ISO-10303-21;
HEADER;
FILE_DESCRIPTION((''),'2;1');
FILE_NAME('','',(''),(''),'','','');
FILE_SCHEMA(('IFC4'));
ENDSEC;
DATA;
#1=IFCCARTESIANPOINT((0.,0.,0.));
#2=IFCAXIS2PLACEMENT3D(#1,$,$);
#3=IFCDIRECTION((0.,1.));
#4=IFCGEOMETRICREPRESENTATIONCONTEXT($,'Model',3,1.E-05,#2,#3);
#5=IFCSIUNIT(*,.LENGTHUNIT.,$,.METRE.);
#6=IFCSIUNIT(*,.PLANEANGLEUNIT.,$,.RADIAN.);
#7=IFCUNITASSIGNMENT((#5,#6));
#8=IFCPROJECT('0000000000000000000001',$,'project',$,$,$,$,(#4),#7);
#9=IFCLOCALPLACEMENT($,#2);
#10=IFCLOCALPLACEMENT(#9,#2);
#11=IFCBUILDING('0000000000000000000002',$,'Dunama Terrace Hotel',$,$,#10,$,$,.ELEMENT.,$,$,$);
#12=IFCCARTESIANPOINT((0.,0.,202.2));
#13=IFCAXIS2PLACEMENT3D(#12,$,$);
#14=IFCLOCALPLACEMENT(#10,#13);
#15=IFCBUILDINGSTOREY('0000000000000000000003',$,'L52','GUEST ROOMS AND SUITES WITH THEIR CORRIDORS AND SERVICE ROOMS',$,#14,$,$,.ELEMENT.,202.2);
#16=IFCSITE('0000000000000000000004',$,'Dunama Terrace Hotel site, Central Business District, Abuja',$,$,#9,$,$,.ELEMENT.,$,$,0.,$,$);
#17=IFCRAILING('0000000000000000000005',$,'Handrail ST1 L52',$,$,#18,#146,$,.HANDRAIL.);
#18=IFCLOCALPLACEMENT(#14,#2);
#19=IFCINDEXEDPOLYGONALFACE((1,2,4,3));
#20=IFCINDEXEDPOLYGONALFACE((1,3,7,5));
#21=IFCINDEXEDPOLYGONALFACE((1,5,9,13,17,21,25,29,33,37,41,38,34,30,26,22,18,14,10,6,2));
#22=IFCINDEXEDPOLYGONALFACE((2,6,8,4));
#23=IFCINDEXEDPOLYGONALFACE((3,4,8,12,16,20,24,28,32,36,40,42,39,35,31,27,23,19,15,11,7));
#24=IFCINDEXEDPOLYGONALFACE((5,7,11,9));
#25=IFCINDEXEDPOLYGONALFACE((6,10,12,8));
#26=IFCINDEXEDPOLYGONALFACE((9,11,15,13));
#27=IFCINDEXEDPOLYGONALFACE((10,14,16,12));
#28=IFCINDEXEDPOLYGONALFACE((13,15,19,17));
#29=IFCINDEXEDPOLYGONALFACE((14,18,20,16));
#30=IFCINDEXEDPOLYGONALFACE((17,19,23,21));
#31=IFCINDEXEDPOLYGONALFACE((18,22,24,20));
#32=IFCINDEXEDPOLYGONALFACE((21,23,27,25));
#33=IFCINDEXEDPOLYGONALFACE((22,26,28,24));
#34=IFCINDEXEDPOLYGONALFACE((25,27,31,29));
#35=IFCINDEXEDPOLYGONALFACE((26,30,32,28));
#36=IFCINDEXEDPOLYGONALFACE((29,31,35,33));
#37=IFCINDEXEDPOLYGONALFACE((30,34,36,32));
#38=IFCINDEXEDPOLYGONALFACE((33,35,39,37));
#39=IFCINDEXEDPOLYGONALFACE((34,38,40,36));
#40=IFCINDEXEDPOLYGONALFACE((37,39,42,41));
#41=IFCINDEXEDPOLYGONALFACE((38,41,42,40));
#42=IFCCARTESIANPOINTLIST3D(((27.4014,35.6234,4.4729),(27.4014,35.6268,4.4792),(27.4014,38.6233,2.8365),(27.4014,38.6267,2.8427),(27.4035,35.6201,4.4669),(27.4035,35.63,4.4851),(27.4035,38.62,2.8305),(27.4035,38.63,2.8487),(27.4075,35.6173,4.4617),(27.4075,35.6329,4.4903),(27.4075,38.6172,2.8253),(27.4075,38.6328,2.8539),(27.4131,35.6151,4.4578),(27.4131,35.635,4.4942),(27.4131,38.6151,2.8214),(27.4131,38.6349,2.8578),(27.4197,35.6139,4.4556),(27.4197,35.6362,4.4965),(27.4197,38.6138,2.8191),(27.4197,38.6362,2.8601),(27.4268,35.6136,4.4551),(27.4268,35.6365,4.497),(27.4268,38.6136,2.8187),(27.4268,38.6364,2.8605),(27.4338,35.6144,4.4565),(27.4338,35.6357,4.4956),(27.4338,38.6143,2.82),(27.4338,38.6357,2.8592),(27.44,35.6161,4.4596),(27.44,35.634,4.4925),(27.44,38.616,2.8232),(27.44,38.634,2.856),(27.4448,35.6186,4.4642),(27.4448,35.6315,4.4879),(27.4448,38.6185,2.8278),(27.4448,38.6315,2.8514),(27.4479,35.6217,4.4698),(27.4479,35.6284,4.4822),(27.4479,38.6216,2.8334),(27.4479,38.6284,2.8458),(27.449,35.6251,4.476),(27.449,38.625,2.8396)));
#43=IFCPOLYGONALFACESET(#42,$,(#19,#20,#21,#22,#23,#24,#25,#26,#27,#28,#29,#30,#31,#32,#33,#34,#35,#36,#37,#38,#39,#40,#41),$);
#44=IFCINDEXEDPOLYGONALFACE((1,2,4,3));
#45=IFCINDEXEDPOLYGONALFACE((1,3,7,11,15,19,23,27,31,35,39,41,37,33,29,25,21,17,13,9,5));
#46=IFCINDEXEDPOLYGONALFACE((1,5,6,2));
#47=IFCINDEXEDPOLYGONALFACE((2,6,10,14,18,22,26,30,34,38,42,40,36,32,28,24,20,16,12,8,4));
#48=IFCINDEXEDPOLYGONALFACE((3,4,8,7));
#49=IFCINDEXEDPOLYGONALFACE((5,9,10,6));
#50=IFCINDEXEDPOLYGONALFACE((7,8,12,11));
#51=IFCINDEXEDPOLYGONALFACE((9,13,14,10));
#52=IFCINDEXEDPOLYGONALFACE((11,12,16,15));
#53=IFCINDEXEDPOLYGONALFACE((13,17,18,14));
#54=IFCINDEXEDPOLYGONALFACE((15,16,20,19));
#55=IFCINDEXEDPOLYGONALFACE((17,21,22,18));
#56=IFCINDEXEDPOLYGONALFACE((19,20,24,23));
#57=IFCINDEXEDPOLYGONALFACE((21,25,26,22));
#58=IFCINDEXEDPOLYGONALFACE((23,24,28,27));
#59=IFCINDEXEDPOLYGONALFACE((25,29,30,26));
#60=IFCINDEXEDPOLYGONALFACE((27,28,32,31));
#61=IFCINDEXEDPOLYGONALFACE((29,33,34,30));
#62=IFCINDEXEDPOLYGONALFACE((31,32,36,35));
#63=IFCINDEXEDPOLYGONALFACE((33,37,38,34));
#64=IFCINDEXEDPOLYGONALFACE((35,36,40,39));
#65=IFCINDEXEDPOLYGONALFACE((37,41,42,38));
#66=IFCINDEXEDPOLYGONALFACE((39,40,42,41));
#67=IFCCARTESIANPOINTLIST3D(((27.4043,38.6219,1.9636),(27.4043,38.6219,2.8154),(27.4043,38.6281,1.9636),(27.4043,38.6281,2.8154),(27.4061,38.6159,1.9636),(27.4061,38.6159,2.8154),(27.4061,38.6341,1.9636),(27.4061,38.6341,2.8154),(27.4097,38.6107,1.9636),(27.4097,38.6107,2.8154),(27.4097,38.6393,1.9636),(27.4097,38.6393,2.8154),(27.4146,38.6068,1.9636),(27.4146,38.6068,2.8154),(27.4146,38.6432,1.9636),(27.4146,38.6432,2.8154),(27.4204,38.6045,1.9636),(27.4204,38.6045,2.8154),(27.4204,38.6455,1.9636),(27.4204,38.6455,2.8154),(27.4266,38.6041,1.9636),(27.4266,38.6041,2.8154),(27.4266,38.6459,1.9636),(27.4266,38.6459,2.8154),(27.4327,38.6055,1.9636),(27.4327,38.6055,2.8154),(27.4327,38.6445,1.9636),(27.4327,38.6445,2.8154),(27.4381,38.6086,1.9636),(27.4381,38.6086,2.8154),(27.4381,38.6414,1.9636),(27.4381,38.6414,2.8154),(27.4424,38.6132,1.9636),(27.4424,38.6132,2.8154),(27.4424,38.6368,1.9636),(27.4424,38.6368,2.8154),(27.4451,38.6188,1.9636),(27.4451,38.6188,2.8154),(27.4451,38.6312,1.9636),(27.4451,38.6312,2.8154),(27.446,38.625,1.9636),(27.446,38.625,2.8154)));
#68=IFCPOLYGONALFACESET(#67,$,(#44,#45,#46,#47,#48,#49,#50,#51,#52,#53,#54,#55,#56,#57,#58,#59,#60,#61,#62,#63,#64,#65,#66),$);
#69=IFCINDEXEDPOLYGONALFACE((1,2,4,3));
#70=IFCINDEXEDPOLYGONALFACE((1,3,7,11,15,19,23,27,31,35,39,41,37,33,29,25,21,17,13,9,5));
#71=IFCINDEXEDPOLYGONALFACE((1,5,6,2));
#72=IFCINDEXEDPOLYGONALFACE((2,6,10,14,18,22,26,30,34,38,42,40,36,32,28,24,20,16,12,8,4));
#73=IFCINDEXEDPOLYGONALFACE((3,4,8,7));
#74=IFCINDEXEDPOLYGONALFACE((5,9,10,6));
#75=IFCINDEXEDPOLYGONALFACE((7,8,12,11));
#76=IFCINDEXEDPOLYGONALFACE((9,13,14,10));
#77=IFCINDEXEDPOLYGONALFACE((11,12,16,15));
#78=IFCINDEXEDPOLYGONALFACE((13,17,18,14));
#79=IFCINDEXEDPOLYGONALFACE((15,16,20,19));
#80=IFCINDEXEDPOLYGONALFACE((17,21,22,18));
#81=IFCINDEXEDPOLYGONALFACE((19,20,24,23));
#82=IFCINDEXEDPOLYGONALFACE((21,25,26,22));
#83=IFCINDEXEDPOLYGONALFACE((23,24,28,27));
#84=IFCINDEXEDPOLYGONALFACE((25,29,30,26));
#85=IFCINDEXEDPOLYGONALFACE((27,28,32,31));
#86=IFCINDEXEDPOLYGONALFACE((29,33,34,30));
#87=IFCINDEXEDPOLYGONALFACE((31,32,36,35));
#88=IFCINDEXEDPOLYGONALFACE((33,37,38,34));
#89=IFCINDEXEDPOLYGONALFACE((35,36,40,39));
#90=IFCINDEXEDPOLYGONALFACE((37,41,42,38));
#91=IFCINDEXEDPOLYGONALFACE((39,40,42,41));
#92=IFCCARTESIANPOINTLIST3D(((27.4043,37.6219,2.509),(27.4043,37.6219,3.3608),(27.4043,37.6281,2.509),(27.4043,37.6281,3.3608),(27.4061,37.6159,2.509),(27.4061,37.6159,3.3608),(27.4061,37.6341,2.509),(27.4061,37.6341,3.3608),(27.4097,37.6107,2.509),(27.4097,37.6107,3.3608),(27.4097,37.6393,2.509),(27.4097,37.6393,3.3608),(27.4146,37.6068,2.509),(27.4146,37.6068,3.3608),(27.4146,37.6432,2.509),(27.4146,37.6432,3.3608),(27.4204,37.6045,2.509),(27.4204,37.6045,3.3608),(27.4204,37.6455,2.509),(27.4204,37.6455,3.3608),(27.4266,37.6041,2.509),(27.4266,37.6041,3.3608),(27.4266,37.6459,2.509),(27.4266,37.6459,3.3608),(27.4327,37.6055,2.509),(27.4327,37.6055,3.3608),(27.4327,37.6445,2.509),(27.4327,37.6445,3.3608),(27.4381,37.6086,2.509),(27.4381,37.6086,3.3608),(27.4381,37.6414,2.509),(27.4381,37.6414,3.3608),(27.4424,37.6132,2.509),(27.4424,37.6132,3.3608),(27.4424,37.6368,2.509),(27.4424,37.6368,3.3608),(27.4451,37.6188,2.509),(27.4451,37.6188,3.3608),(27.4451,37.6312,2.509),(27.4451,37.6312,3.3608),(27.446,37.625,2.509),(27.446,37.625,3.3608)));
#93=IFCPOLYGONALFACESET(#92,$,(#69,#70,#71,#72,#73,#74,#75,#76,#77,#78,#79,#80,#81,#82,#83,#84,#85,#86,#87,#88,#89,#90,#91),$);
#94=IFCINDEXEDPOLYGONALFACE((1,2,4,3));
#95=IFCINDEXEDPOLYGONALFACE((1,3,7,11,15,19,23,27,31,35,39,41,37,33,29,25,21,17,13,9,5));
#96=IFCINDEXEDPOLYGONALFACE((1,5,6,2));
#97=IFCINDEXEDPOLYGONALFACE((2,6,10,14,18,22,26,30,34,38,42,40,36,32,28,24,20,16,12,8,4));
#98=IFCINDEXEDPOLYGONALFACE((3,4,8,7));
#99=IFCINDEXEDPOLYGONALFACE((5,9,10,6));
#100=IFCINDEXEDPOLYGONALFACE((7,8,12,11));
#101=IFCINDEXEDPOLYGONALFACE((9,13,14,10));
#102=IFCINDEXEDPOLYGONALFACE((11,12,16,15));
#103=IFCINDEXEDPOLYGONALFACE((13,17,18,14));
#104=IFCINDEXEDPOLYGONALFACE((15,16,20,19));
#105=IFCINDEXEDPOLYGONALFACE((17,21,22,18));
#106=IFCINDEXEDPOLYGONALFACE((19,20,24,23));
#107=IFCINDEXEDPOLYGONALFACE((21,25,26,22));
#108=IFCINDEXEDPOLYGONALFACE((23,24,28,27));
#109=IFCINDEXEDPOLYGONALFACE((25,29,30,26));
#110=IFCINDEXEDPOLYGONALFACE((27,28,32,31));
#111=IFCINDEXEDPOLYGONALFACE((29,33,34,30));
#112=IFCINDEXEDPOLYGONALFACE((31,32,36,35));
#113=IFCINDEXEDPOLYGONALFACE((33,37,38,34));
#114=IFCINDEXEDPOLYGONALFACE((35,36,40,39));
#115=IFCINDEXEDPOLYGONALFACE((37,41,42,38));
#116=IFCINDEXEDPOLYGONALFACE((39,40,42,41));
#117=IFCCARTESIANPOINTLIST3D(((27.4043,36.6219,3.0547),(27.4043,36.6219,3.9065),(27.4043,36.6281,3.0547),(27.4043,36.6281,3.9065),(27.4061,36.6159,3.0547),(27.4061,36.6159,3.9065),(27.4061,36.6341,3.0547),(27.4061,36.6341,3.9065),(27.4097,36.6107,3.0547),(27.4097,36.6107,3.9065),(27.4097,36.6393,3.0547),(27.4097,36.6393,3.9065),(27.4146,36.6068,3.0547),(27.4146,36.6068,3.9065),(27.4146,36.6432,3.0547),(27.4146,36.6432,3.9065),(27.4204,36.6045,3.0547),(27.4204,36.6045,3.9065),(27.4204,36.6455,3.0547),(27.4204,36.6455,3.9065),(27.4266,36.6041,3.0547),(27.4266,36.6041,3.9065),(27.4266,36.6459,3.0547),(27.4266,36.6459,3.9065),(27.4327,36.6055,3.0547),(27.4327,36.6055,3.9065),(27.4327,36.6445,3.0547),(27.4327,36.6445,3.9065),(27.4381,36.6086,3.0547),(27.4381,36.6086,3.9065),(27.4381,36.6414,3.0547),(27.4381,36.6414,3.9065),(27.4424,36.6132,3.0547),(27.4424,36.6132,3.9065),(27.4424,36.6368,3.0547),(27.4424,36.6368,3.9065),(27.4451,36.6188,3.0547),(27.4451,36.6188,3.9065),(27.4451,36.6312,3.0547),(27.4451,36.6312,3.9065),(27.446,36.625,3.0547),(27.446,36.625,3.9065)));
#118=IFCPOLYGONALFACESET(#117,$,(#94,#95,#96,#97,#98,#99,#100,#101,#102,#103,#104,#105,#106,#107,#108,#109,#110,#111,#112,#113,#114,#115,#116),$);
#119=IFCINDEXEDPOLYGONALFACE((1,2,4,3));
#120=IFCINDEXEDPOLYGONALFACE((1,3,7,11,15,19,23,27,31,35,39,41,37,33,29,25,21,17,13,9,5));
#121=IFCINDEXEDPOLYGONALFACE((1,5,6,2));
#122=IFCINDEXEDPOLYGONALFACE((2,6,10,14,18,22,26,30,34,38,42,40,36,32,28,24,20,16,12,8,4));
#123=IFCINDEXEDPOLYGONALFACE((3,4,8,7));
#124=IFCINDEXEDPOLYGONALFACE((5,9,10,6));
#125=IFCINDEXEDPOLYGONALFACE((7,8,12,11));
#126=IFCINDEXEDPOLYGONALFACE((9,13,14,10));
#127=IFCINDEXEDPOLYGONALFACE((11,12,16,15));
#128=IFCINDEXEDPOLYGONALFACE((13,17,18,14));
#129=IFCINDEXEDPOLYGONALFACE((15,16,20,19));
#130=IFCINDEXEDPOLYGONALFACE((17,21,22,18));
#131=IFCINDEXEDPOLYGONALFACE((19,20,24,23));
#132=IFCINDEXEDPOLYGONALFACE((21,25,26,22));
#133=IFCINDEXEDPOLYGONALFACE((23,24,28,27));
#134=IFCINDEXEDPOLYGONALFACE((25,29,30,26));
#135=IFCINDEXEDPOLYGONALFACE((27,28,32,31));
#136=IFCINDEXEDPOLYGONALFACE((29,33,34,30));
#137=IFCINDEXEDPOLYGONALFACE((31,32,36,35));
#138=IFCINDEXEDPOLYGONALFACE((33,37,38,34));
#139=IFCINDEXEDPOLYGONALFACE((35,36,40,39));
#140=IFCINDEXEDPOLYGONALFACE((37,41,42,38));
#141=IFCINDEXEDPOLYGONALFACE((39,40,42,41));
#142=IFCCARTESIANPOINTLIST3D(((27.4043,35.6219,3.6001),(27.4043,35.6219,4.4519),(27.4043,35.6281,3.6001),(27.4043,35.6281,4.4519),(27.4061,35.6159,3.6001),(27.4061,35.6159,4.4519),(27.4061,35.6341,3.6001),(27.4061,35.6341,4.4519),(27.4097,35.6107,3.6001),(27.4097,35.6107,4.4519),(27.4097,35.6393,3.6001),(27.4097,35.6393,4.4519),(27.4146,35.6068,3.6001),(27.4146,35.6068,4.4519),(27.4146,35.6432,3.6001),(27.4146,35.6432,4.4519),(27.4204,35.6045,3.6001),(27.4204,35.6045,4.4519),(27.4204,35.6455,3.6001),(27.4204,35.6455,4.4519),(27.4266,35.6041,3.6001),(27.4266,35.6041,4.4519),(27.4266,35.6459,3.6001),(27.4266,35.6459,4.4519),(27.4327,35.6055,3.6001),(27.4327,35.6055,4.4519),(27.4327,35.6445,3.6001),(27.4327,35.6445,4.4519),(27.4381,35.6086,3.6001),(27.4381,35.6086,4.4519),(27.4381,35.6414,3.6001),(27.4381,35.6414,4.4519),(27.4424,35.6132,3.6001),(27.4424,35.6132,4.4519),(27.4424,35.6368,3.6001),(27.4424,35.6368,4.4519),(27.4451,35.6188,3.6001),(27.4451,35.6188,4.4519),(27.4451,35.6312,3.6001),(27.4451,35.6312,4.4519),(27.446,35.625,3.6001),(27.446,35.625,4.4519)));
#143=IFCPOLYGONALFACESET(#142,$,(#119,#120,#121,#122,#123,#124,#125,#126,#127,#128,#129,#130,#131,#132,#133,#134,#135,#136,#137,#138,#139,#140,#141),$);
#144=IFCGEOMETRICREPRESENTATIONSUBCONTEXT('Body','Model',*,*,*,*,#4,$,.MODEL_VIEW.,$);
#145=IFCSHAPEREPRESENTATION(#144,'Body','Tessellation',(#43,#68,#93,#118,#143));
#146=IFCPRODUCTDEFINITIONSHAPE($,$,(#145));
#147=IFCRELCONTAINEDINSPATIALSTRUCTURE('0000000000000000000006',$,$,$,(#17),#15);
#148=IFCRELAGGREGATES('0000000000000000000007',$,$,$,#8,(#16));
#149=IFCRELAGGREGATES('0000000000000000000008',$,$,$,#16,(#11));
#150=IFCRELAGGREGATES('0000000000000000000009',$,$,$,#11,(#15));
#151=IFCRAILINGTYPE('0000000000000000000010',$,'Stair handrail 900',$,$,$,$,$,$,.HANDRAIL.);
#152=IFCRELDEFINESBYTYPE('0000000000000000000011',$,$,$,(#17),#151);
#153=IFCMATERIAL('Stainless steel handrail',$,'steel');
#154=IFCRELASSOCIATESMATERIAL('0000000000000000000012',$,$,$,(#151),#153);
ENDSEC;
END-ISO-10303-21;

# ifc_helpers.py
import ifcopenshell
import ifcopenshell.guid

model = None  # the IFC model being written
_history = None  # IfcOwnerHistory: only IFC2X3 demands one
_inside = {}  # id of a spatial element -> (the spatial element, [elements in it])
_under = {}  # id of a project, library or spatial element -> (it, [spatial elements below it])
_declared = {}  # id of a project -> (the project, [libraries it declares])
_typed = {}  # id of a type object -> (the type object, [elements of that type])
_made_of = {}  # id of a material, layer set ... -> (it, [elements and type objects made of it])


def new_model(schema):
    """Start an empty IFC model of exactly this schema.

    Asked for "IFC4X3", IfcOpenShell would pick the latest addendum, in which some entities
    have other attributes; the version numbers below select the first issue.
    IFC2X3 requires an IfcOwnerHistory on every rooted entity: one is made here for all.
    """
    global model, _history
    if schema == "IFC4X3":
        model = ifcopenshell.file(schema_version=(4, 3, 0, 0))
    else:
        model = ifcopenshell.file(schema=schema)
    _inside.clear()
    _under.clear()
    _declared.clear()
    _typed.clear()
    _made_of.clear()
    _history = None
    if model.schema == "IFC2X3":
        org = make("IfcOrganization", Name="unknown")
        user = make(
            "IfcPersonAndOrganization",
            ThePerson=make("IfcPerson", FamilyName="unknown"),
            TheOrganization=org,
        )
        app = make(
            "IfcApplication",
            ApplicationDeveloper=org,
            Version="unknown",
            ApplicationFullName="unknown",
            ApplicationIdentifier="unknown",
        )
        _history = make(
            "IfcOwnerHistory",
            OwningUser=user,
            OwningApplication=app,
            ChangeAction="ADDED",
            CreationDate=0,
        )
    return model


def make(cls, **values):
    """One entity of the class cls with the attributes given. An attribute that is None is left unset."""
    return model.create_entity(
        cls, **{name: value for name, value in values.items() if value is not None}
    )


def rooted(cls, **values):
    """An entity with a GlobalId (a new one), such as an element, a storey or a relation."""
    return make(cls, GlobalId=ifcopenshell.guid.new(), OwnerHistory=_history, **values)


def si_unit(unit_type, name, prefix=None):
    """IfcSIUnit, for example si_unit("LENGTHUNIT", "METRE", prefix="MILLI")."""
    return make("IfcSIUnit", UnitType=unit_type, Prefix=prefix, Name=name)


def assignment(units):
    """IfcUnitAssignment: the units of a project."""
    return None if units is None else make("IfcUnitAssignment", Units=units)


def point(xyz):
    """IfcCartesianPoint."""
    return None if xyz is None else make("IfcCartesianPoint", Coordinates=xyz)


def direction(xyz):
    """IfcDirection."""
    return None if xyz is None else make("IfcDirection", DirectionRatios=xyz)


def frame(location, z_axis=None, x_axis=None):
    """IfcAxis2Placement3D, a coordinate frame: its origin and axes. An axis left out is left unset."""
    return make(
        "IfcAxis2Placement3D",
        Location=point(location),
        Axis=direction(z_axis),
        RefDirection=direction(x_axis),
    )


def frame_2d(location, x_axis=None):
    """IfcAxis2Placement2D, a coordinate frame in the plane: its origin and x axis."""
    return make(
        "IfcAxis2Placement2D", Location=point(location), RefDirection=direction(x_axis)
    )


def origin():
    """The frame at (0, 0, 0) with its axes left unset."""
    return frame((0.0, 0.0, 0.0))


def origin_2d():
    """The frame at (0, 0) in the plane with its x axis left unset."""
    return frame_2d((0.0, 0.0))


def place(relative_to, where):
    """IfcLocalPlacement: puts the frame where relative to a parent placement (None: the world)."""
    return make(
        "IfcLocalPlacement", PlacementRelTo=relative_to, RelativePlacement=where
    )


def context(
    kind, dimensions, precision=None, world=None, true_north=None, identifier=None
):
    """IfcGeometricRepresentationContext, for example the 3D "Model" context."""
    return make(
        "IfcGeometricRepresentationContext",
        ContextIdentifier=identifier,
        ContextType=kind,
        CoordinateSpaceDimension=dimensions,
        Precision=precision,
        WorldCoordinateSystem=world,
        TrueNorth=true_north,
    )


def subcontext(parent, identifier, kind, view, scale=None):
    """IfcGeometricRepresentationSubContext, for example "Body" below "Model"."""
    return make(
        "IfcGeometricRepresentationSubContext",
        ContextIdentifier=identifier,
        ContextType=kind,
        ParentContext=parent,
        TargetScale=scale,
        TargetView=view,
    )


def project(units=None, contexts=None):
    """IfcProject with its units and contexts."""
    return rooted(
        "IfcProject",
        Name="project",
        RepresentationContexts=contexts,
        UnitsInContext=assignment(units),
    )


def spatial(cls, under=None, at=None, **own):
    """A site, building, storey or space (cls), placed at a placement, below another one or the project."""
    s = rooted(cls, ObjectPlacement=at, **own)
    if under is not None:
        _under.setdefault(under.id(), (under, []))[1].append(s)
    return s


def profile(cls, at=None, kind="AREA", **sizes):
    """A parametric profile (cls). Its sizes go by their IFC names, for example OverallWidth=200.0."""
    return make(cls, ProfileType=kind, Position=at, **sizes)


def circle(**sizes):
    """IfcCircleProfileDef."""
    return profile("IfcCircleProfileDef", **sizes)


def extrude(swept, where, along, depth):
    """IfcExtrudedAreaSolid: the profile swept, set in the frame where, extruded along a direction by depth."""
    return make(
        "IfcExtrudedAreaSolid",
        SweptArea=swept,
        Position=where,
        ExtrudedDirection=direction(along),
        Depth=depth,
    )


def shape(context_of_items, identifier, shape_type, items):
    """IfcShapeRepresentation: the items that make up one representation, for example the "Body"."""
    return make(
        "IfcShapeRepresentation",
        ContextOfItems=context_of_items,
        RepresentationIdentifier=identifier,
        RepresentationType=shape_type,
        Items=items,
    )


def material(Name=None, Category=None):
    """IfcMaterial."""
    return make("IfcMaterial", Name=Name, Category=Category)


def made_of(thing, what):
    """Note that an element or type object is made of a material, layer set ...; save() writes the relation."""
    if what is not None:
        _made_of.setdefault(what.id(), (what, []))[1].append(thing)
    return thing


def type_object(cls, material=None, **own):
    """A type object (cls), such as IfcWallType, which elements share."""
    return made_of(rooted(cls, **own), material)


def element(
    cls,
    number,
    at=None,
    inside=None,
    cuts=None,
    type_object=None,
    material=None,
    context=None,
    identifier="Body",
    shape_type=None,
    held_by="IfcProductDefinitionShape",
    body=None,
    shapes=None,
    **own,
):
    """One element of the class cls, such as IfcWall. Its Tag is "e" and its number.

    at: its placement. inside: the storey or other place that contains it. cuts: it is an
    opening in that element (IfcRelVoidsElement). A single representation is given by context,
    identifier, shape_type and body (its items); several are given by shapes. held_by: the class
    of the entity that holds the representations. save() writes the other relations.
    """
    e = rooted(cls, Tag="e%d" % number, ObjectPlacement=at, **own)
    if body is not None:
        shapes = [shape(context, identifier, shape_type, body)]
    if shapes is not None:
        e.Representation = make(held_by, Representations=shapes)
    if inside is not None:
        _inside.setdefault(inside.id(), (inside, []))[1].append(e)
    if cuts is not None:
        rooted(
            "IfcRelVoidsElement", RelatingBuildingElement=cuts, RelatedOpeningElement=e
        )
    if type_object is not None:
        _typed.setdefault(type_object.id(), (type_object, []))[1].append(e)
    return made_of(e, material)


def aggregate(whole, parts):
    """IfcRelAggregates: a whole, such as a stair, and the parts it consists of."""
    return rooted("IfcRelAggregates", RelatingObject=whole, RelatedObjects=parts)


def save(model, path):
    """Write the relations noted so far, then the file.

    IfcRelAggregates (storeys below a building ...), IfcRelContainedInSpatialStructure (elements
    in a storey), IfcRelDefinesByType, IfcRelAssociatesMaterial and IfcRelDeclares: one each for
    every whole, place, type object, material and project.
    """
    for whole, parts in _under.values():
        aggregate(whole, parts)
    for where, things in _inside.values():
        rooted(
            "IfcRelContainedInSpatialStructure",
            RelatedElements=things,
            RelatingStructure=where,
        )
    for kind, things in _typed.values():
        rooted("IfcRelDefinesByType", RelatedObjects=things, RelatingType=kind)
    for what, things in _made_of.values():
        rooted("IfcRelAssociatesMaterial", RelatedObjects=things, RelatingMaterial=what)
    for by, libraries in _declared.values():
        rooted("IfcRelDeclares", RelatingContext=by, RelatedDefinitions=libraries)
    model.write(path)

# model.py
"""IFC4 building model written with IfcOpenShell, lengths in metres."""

from ifc_helpers import new_model, si_unit, direction, frame, origin, origin_2d, place, context, subcontext, project, spatial, circle, extrude, material, type_object, element, save


model = new_model("IFC4")

# Units and contexts
model_context = context("Model", 3, precision=1e-05, world=origin(), true_north=direction((0.0, 1.0)))
body_context = subcontext(model_context, "Body", "Model", "MODEL_VIEW")
ifc_project = project(units=[si_unit("LENGTHUNIT", "METRE"), si_unit("PLANEANGLEUNIT", "RADIAN")], contexts=[model_context])

# Site, building, storey
site_placement = place(None, origin())
site = spatial("IfcSite", under=ifc_project, at=site_placement, Name="Dunama Terrace Hotel site, Central Business District, Abuja", CompositionType="ELEMENT", RefElevation=0.0)
building_placement = place(site_placement, origin())
building = spatial("IfcBuilding", under=site, at=building_placement, Name="Dunama Terrace Hotel", CompositionType="ELEMENT")
storey_placement = place(building_placement, frame((0.0, 0.0, 202.2)))
storey = spatial("IfcBuildingStorey", under=building, at=storey_placement, Name="L52", Description="GUEST ROOMS AND SUITES WITH THEIR CORRIDORS AND SERVICE ROOMS", CompositionType="ELEMENT", Elevation=202.2)

# Railing
ifc_material_1 = material(Name="Stainless steel handrail", Category="steel")
railing_type = type_object("IfcRailingType", Name="Stair handrail 900", PredefinedType="HANDRAIL", material=ifc_material_1)
railing_placement = place(storey_placement, frame((27.425, 38.625, 1.9636)))
element("IfcRailing", 1, at=railing_placement, inside=storey, type_object=railing_type, Name="Handrail ST1 L52", PredefinedType="HANDRAIL", context=body_context, shape_type="SweptSolid", body=[
    extrude(circle(Radius=0.0239, at=origin_2d()), frame((0.0, 0.0, 0.876), z_axis=(0.0, -0.877882, 0.478877), x_axis=(1.0, 0.0, 0.0)), (0.0, 0.0, 1.0), 3.4172),
    extrude(circle(Radius=0.021, at=origin_2d()), origin(), (0.0, 0.0, 1.0), 0.8518),
    extrude(circle(Radius=0.021, at=origin_2d()), frame((0.0, -1.0, 0.5454)), (0.0, 0.0, 1.0), 0.8518),
    extrude(circle(Radius=0.021, at=origin_2d()), frame((0.0, -2.0, 1.0911)), (0.0, 0.0, 1.0), 0.8518),
    extrude(circle(Radius=0.021, at=origin_2d()), frame((0.0, -3.0, 1.6365)), (0.0, 0.0, 1.0), 0.8518),
])

save(model, "model.ifc")
